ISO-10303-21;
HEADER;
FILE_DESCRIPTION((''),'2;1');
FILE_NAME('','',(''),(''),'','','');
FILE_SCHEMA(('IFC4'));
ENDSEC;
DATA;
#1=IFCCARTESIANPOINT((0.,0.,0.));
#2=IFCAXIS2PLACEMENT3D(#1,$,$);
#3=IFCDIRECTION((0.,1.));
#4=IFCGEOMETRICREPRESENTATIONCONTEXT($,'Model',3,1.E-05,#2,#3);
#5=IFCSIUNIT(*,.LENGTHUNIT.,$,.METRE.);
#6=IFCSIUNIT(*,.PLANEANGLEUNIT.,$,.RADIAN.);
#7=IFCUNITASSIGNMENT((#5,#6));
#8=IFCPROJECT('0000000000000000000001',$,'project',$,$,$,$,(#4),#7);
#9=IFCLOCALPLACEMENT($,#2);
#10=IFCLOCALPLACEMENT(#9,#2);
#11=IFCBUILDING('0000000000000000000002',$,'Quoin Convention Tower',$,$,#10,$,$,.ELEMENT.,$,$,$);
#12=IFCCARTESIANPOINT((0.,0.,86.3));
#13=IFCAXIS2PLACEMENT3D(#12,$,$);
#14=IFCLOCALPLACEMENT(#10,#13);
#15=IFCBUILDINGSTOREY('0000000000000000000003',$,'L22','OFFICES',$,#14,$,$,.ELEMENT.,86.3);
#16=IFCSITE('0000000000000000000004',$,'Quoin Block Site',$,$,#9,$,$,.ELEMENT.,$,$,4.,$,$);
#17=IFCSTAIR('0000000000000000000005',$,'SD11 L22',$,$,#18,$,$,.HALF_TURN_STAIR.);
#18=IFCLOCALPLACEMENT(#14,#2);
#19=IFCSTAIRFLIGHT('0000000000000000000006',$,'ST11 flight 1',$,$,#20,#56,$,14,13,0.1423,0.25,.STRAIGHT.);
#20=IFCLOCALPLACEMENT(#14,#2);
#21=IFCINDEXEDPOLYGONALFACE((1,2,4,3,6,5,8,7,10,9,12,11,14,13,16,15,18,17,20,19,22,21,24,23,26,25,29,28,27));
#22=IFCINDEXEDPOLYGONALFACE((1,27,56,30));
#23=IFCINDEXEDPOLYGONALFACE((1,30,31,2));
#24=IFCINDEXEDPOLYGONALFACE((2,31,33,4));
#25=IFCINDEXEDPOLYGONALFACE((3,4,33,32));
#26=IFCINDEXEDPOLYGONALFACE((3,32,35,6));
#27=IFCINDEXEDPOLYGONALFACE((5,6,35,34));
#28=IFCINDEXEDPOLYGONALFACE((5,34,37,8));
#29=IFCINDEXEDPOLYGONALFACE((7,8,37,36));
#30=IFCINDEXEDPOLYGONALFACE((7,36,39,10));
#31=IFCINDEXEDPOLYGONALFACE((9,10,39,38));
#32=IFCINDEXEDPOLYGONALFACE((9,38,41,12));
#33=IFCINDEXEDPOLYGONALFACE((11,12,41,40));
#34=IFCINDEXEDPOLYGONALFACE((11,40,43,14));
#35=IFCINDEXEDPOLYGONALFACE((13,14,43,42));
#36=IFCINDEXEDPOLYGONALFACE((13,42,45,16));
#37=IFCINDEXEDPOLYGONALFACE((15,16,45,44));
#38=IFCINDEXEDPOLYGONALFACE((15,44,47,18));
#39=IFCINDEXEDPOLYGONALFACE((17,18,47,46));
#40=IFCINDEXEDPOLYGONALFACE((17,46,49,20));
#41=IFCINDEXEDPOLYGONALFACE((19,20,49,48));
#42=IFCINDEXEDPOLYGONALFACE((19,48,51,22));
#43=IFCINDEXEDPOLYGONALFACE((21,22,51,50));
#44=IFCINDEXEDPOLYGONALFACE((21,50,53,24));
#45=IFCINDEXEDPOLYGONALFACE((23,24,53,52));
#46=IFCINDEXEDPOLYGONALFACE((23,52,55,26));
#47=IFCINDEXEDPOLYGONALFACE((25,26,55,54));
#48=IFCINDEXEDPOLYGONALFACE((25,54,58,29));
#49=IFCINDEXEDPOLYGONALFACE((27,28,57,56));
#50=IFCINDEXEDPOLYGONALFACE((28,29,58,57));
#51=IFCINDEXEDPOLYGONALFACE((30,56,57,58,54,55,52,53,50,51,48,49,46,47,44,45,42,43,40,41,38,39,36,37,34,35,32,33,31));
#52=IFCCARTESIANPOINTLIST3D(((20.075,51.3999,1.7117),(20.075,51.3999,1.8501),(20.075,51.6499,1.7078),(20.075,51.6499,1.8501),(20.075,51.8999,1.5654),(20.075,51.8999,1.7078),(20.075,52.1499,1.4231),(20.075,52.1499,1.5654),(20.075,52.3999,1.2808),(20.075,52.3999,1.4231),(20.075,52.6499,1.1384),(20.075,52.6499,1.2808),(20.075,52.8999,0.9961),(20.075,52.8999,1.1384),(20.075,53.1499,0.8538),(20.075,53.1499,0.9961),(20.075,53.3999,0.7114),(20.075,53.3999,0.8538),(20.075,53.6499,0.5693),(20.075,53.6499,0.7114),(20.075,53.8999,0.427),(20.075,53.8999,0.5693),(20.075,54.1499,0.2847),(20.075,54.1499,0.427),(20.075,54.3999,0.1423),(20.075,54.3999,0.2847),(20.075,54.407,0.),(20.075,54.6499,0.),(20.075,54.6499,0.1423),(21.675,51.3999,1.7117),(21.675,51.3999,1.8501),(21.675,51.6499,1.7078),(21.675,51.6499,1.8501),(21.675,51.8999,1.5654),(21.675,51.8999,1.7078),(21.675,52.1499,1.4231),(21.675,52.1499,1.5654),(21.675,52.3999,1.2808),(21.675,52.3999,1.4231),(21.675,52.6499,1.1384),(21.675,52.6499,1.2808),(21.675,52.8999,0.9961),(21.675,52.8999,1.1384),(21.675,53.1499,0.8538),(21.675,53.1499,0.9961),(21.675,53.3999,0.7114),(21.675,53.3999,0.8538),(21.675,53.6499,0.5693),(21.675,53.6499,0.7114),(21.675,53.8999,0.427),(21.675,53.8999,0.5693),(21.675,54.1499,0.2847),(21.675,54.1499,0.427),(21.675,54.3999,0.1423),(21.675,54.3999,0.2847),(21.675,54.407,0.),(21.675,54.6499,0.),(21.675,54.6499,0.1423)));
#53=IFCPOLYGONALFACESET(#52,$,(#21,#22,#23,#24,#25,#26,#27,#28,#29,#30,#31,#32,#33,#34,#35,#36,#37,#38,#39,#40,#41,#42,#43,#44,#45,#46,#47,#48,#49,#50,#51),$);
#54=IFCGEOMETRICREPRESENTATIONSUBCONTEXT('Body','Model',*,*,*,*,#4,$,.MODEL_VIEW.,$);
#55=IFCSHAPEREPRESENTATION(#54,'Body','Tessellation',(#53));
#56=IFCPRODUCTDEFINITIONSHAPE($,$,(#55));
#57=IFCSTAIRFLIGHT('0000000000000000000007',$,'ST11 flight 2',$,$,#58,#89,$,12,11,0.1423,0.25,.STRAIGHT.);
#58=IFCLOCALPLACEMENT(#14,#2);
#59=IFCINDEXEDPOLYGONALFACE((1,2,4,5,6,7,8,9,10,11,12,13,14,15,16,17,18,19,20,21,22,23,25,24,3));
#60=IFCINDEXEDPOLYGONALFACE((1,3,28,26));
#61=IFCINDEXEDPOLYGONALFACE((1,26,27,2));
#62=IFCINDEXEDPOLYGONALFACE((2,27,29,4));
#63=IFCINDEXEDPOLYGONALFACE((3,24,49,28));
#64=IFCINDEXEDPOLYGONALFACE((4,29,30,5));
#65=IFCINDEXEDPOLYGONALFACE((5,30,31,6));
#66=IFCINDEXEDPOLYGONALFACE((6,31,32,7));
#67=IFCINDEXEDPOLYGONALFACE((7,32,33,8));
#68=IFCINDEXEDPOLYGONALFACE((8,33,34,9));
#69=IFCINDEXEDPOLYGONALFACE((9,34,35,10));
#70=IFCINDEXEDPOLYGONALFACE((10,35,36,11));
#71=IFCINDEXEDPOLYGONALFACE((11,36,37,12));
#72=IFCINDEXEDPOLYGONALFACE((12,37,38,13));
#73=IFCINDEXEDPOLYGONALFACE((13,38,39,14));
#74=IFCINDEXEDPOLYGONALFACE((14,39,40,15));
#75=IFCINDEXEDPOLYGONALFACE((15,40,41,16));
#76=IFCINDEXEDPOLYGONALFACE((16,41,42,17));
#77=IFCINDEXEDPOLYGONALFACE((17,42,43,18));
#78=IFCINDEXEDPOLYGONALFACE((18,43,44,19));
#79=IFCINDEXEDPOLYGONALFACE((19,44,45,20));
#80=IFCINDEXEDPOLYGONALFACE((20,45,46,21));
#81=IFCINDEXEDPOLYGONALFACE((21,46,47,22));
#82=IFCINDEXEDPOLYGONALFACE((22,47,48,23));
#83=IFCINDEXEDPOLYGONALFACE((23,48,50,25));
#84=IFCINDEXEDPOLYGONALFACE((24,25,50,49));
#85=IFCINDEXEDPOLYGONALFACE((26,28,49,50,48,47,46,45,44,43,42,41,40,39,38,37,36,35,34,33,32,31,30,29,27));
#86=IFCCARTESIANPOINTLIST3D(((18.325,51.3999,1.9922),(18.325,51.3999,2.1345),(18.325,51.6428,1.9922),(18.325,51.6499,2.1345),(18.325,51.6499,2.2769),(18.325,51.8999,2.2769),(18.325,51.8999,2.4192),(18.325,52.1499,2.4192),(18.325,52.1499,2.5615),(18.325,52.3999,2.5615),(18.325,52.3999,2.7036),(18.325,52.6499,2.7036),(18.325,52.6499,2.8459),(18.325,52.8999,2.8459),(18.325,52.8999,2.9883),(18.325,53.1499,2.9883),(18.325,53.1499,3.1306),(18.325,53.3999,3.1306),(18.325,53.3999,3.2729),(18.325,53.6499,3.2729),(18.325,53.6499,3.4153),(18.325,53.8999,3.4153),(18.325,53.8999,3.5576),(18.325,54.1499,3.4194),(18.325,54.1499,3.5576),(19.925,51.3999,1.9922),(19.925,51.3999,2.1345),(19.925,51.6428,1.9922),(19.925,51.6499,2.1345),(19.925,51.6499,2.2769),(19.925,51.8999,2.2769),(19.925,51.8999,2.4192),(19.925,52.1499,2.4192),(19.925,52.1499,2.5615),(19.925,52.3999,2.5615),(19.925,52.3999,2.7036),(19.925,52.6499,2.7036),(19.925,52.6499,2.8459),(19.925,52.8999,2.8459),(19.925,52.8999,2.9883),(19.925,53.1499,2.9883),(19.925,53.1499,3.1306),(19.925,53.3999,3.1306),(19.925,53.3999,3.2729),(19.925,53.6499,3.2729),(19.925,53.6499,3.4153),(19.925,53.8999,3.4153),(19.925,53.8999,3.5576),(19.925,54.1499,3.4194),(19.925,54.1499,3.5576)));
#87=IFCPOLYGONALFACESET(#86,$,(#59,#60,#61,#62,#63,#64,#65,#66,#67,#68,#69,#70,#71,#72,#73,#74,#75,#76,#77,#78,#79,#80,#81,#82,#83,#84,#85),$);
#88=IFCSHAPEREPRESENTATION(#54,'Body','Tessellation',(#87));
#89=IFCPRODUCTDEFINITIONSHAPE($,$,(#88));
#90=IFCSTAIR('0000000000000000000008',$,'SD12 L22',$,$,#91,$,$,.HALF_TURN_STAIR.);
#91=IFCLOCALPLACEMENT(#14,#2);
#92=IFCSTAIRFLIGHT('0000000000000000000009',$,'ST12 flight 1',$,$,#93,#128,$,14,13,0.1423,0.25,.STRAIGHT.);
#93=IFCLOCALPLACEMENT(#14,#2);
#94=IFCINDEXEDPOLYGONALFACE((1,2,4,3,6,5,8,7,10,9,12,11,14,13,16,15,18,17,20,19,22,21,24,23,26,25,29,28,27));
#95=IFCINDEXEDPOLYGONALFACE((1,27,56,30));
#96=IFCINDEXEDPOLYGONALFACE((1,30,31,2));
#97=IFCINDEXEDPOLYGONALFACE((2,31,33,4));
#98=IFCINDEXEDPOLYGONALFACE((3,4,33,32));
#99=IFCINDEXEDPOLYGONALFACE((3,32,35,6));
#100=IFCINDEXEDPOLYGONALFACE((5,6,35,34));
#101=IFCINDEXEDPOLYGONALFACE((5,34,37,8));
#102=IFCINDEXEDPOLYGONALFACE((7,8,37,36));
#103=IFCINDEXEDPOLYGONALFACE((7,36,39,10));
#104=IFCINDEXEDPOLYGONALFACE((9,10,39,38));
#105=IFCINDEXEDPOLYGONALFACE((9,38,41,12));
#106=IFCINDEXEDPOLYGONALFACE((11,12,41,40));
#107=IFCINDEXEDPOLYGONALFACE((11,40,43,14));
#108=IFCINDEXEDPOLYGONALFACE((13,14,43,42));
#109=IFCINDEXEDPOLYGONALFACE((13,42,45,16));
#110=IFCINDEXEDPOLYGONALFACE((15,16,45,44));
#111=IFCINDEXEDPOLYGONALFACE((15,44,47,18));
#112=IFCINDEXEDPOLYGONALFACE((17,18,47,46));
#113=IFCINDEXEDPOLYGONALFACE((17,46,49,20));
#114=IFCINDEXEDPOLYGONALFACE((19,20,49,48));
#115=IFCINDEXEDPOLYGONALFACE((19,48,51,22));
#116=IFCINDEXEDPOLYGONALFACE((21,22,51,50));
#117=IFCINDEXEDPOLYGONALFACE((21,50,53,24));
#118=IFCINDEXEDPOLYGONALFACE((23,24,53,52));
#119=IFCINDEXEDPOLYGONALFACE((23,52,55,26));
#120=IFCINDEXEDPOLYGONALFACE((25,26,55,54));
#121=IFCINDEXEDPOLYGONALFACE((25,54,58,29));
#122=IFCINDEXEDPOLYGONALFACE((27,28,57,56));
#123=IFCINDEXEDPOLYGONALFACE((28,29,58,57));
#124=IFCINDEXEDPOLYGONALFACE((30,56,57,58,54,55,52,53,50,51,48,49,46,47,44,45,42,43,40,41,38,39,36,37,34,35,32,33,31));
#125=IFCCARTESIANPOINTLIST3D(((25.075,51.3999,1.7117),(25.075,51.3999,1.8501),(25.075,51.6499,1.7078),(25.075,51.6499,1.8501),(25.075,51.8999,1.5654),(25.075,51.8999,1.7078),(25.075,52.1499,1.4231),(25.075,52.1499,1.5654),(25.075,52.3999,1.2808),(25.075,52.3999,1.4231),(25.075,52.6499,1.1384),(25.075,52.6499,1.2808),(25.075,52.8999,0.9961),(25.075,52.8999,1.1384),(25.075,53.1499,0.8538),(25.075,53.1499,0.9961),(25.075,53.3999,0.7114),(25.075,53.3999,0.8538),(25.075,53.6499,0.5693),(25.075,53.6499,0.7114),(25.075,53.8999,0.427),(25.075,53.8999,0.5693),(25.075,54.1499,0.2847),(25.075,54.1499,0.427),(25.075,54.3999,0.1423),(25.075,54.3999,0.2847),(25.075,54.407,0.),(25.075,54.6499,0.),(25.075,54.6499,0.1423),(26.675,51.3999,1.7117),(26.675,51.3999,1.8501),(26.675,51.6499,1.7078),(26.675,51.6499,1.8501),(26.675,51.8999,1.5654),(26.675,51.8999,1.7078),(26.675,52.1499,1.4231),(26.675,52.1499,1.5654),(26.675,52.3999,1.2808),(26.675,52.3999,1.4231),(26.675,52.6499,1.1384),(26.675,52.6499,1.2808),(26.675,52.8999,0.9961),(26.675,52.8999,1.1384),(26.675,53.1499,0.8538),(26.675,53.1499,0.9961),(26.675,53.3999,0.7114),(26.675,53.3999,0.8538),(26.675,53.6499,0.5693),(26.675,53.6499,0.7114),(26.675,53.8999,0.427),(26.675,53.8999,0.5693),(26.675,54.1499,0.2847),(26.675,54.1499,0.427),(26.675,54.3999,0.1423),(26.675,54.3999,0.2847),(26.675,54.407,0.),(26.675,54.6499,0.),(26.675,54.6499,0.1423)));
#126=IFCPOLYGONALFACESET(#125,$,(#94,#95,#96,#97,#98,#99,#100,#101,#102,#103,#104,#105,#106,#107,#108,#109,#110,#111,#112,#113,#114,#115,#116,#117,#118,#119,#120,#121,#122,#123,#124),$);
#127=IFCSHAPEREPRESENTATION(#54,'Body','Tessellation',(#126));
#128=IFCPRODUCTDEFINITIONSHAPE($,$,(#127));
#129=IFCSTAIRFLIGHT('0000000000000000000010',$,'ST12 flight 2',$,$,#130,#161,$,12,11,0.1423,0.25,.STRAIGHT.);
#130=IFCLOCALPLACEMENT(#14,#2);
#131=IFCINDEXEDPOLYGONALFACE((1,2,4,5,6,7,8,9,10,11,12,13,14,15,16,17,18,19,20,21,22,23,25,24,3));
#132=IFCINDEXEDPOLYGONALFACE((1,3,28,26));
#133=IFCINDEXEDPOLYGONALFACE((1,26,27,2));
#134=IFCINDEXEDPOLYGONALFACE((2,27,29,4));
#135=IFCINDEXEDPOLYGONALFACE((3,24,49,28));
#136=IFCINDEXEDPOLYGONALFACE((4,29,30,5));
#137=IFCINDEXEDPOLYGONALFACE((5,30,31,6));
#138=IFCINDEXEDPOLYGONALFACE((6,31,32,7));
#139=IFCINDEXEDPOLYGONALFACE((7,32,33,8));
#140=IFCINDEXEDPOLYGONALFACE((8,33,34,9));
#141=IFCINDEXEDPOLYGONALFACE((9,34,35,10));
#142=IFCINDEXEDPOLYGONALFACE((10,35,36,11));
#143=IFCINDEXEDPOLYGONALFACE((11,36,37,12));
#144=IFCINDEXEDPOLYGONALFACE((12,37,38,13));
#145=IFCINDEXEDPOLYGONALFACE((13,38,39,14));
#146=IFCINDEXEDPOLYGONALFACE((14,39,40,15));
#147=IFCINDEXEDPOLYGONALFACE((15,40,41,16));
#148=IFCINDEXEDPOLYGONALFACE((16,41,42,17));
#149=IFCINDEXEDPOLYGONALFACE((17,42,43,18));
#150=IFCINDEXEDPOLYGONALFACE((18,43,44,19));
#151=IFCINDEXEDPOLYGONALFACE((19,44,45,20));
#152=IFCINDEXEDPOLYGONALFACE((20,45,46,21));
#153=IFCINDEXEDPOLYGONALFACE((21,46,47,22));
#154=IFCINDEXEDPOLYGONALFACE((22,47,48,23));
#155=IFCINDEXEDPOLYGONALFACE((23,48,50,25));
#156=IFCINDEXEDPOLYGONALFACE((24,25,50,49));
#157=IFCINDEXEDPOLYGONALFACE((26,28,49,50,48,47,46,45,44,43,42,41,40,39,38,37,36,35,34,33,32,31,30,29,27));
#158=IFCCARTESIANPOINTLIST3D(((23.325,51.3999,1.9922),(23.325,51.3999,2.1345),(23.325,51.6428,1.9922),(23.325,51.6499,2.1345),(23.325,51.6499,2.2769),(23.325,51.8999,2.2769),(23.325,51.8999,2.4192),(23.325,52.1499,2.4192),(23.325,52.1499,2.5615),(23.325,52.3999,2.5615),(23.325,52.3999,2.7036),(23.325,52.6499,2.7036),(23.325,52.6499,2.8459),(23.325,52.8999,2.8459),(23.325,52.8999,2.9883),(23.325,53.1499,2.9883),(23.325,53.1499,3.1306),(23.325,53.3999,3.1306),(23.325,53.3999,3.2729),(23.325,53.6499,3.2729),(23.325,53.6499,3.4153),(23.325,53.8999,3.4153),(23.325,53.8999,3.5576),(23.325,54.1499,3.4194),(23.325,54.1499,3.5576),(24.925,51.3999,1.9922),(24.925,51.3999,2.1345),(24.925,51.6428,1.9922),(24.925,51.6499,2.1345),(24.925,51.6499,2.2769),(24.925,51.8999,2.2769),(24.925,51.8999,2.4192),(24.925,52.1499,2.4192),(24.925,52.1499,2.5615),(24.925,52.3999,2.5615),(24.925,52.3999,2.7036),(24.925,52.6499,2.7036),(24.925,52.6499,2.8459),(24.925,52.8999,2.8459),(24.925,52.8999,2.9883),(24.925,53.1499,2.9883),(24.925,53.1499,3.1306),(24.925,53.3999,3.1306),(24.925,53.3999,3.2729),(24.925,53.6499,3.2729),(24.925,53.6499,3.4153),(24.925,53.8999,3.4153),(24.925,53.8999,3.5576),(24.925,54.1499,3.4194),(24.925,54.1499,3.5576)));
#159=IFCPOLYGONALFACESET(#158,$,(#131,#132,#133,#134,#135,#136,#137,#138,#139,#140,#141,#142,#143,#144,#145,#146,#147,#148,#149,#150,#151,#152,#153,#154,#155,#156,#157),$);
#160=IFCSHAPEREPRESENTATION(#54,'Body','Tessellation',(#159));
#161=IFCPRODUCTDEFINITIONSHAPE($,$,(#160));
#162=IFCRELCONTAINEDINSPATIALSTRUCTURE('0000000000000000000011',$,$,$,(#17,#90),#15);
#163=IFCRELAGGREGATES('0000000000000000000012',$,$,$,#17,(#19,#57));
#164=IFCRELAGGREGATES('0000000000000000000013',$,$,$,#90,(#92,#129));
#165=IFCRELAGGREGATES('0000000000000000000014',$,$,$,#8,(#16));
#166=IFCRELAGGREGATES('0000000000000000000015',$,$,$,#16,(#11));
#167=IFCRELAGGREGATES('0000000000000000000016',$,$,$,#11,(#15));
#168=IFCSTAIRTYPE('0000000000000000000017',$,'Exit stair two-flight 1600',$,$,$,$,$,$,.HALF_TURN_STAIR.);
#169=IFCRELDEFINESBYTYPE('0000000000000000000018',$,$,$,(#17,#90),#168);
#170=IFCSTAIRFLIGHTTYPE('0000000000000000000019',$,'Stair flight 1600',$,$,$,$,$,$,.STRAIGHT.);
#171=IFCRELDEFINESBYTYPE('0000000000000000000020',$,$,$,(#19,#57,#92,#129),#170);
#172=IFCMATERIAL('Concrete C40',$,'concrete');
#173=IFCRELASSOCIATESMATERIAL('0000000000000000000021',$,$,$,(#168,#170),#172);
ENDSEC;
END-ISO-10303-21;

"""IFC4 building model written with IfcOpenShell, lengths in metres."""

from ifc_helpers import new_model, si_unit, direction, frame, origin, place, context, subcontext, project, spatial, polyline, outline, extrude, material, type_object, element, aggregate, save


model = new_model("IFC4")

# Units and contexts
model_context = context("Model", 3, precision=1e-05, world=origin(), true_north=direction((0.0, 1.0)))
body_context = subcontext(model_context, "Body", "Model", "MODEL_VIEW")
ifc_project = project(units=[si_unit("LENGTHUNIT", "METRE"), si_unit("PLANEANGLEUNIT", "RADIAN")], contexts=[model_context])

# Site, building, storey
site_placement = place(None, origin())
site = spatial("IfcSite", under=ifc_project, at=site_placement, Name="Quoin Block Site", CompositionType="ELEMENT", RefElevation=4.0)
building_placement = place(site_placement, origin())
building = spatial("IfcBuilding", under=site, at=building_placement, Name="Quoin Convention Tower", CompositionType="ELEMENT")
storey_placement = place(building_placement, frame((0.0, 0.0, 86.3)))
storey = spatial("IfcBuildingStorey", under=building, at=storey_placement, Name="L22", Description="OFFICES", CompositionType="ELEMENT", Elevation=86.3)

# Shared definitions
ifc_material_1 = material(Name="Concrete C40", Category="concrete")

# Stairs, stair flights
stair_type_1 = type_object("IfcStairType", Name="Exit stair two-flight 1600", PredefinedType="HALF_TURN_STAIR", material=ifc_material_1)
stair_1_placement = place(storey_placement, origin())
stair_1 = element("IfcStair", 1, at=stair_1_placement, inside=storey, type_object=stair_type_1, Name="SD11 L22", PredefinedType="HALF_TURN_STAIR")
stair_flight_type_1 = type_object("IfcStairFlightType", Name="Stair flight 1600", PredefinedType="STRAIGHT", material=ifc_material_1)
stair_flight_1_placement = place(storey_placement, frame((20.875, 54.6499, 0.0), z_axis=(0.0, 0.0, 1.0), x_axis=(0.0, -1.0, 0.0)))
stair_flight_1 = element("IfcStairFlight", 2, at=stair_flight_1_placement, type_object=stair_flight_type_1, Name="ST11 flight 1", NumberOfRisers=14, NumberOfTreads=13, PredefinedType="STRAIGHT", RiserHeight=0.1423, TreadLength=0.25, context=body_context, shape_type="SweptSolid", body=[
    extrude(outline(polyline([(0.0, 0.0), (0.0, 0.1423), (0.25, 0.1423), (0.25, 0.2847), (0.5, 0.2847), (0.5, 0.427), (0.75, 0.427), (0.75, 0.5693), (1.0, 0.5693), (1.0, 0.7114), (1.25, 0.7114), (1.25, 0.8538), (1.5, 0.8538), (1.5, 0.9961), (1.75, 0.9961), (1.75, 1.1384), (2.0, 1.1384), (2.0, 1.2808), (2.25, 1.2808), (2.25, 1.4231), (2.5, 1.4231), (2.5, 1.5654), (2.75, 1.5654), (2.75, 1.7078), (3.0, 1.7078), (3.0, 1.8501), (3.25, 1.8501), (3.25, 1.9922), (3.25, 1.7117), (0.2429, 0.0), (0.0, 0.0)])), frame((0.0, 0.8, 0.0), z_axis=(0.0, -1.0, 0.0), x_axis=(1.0, 0.0, 0.0)), (0.0, 0.0, 1.0), 1.6001),
])
stair_flight_2_placement = place(storey_placement, frame((19.125, 51.3999, 1.9922), z_axis=(0.0, 0.0, 1.0), x_axis=(0.0, 1.0, 0.0)))
stair_flight_2 = element("IfcStairFlight", 3, at=stair_flight_2_placement, type_object=stair_flight_type_1, Name="ST11 flight 2", NumberOfRisers=12, NumberOfTreads=11, PredefinedType="STRAIGHT", RiserHeight=0.1423, TreadLength=0.25, context=body_context, shape_type="SweptSolid", body=[
    extrude(outline(polyline([(0.0, 0.0), (0.0, 0.1423), (0.25, 0.1423), (0.25, 0.2847), (0.5, 0.2847), (0.5, 0.427), (0.75, 0.427), (0.75, 0.5693), (1.0, 0.5693), (1.0, 0.7114), (1.25, 0.7114), (1.25, 0.8538), (1.5, 0.8538), (1.5, 0.9961), (1.75, 0.9961), (1.75, 1.1384), (2.0, 1.1384), (2.0, 1.2808), (2.25, 1.2808), (2.25, 1.4231), (2.5, 1.4231), (2.5, 1.5654), (2.75, 1.5654), (2.75, 1.7078), (2.75, 1.4272), (0.2429, 0.0), (0.0, 0.0)])), frame((0.0, 0.8, 0.0), z_axis=(0.0, -1.0, 0.0), x_axis=(1.0, 0.0, 0.0)), (0.0, 0.0, 1.0), 1.6001),
])
aggregate(stair_1, [stair_flight_1, stair_flight_2])
stair_2_placement = place(storey_placement, origin())
stair_2 = element("IfcStair", 4, at=stair_2_placement, inside=storey, type_object=stair_type_1, Name="SD12 L22", PredefinedType="HALF_TURN_STAIR")
stair_flight_3_placement = place(storey_placement, frame((25.875, 54.6499, 0.0), z_axis=(0.0, 0.0, 1.0), x_axis=(0.0, -1.0, 0.0)))
stair_flight_3 = element("IfcStairFlight", 5, at=stair_flight_3_placement, type_object=stair_flight_type_1, Name="ST12 flight 1", NumberOfRisers=14, NumberOfTreads=13, PredefinedType="STRAIGHT", RiserHeight=0.1423, TreadLength=0.25, context=body_context, shape_type="SweptSolid", body=[
    extrude(outline(polyline([(0.0, 0.0), (0.0, 0.1423), (0.25, 0.1423), (0.25, 0.2847), (0.5, 0.2847), (0.5, 0.427), (0.75, 0.427), (0.75, 0.5693), (1.0, 0.5693), (1.0, 0.7114), (1.25, 0.7114), (1.25, 0.8538), (1.5, 0.8538), (1.5, 0.9961), (1.75, 0.9961), (1.75, 1.1384), (2.0, 1.1384), (2.0, 1.2808), (2.25, 1.2808), (2.25, 1.4231), (2.5, 1.4231), (2.5, 1.5654), (2.75, 1.5654), (2.75, 1.7078), (3.0, 1.7078), (3.0, 1.8501), (3.25, 1.8501), (3.25, 1.9922), (3.25, 1.7117), (0.2429, 0.0), (0.0, 0.0)])), frame((0.0, 0.8, 0.0), z_axis=(0.0, -1.0, 0.0), x_axis=(1.0, 0.0, 0.0)), (0.0, 0.0, 1.0), 1.6001),
])
stair_flight_4_placement = place(storey_placement, frame((24.125, 51.3999, 1.9922), z_axis=(0.0, 0.0, 1.0), x_axis=(0.0, 1.0, 0.0)))
stair_flight_4 = element("IfcStairFlight", 6, at=stair_flight_4_placement, type_object=stair_flight_type_1, Name="ST12 flight 2", NumberOfRisers=12, NumberOfTreads=11, PredefinedType="STRAIGHT", RiserHeight=0.1423, TreadLength=0.25, context=body_context, shape_type="SweptSolid", body=[
    extrude(outline(polyline([(0.0, 0.0), (0.0, 0.1423), (0.25, 0.1423), (0.25, 0.2847), (0.5, 0.2847), (0.5, 0.427), (0.75, 0.427), (0.75, 0.5693), (1.0, 0.5693), (1.0, 0.7114), (1.25, 0.7114), (1.25, 0.8538), (1.5, 0.8538), (1.5, 0.9961), (1.75, 0.9961), (1.75, 1.1384), (2.0, 1.1384), (2.0, 1.2808), (2.25, 1.2808), (2.25, 1.4231), (2.5, 1.4231), (2.5, 1.5654), (2.75, 1.5654), (2.75, 1.7078), (2.75, 1.4272), (0.2429, 0.0), (0.0, 0.0)])), frame((0.0, 0.8, 0.0), z_axis=(0.0, -1.0, 0.0), x_axis=(1.0, 0.0, 0.0)), (0.0, 0.0, 1.0), 1.6001),
])
aggregate(stair_2, [stair_flight_3, stair_flight_4])

save(model, "model.ifc")
